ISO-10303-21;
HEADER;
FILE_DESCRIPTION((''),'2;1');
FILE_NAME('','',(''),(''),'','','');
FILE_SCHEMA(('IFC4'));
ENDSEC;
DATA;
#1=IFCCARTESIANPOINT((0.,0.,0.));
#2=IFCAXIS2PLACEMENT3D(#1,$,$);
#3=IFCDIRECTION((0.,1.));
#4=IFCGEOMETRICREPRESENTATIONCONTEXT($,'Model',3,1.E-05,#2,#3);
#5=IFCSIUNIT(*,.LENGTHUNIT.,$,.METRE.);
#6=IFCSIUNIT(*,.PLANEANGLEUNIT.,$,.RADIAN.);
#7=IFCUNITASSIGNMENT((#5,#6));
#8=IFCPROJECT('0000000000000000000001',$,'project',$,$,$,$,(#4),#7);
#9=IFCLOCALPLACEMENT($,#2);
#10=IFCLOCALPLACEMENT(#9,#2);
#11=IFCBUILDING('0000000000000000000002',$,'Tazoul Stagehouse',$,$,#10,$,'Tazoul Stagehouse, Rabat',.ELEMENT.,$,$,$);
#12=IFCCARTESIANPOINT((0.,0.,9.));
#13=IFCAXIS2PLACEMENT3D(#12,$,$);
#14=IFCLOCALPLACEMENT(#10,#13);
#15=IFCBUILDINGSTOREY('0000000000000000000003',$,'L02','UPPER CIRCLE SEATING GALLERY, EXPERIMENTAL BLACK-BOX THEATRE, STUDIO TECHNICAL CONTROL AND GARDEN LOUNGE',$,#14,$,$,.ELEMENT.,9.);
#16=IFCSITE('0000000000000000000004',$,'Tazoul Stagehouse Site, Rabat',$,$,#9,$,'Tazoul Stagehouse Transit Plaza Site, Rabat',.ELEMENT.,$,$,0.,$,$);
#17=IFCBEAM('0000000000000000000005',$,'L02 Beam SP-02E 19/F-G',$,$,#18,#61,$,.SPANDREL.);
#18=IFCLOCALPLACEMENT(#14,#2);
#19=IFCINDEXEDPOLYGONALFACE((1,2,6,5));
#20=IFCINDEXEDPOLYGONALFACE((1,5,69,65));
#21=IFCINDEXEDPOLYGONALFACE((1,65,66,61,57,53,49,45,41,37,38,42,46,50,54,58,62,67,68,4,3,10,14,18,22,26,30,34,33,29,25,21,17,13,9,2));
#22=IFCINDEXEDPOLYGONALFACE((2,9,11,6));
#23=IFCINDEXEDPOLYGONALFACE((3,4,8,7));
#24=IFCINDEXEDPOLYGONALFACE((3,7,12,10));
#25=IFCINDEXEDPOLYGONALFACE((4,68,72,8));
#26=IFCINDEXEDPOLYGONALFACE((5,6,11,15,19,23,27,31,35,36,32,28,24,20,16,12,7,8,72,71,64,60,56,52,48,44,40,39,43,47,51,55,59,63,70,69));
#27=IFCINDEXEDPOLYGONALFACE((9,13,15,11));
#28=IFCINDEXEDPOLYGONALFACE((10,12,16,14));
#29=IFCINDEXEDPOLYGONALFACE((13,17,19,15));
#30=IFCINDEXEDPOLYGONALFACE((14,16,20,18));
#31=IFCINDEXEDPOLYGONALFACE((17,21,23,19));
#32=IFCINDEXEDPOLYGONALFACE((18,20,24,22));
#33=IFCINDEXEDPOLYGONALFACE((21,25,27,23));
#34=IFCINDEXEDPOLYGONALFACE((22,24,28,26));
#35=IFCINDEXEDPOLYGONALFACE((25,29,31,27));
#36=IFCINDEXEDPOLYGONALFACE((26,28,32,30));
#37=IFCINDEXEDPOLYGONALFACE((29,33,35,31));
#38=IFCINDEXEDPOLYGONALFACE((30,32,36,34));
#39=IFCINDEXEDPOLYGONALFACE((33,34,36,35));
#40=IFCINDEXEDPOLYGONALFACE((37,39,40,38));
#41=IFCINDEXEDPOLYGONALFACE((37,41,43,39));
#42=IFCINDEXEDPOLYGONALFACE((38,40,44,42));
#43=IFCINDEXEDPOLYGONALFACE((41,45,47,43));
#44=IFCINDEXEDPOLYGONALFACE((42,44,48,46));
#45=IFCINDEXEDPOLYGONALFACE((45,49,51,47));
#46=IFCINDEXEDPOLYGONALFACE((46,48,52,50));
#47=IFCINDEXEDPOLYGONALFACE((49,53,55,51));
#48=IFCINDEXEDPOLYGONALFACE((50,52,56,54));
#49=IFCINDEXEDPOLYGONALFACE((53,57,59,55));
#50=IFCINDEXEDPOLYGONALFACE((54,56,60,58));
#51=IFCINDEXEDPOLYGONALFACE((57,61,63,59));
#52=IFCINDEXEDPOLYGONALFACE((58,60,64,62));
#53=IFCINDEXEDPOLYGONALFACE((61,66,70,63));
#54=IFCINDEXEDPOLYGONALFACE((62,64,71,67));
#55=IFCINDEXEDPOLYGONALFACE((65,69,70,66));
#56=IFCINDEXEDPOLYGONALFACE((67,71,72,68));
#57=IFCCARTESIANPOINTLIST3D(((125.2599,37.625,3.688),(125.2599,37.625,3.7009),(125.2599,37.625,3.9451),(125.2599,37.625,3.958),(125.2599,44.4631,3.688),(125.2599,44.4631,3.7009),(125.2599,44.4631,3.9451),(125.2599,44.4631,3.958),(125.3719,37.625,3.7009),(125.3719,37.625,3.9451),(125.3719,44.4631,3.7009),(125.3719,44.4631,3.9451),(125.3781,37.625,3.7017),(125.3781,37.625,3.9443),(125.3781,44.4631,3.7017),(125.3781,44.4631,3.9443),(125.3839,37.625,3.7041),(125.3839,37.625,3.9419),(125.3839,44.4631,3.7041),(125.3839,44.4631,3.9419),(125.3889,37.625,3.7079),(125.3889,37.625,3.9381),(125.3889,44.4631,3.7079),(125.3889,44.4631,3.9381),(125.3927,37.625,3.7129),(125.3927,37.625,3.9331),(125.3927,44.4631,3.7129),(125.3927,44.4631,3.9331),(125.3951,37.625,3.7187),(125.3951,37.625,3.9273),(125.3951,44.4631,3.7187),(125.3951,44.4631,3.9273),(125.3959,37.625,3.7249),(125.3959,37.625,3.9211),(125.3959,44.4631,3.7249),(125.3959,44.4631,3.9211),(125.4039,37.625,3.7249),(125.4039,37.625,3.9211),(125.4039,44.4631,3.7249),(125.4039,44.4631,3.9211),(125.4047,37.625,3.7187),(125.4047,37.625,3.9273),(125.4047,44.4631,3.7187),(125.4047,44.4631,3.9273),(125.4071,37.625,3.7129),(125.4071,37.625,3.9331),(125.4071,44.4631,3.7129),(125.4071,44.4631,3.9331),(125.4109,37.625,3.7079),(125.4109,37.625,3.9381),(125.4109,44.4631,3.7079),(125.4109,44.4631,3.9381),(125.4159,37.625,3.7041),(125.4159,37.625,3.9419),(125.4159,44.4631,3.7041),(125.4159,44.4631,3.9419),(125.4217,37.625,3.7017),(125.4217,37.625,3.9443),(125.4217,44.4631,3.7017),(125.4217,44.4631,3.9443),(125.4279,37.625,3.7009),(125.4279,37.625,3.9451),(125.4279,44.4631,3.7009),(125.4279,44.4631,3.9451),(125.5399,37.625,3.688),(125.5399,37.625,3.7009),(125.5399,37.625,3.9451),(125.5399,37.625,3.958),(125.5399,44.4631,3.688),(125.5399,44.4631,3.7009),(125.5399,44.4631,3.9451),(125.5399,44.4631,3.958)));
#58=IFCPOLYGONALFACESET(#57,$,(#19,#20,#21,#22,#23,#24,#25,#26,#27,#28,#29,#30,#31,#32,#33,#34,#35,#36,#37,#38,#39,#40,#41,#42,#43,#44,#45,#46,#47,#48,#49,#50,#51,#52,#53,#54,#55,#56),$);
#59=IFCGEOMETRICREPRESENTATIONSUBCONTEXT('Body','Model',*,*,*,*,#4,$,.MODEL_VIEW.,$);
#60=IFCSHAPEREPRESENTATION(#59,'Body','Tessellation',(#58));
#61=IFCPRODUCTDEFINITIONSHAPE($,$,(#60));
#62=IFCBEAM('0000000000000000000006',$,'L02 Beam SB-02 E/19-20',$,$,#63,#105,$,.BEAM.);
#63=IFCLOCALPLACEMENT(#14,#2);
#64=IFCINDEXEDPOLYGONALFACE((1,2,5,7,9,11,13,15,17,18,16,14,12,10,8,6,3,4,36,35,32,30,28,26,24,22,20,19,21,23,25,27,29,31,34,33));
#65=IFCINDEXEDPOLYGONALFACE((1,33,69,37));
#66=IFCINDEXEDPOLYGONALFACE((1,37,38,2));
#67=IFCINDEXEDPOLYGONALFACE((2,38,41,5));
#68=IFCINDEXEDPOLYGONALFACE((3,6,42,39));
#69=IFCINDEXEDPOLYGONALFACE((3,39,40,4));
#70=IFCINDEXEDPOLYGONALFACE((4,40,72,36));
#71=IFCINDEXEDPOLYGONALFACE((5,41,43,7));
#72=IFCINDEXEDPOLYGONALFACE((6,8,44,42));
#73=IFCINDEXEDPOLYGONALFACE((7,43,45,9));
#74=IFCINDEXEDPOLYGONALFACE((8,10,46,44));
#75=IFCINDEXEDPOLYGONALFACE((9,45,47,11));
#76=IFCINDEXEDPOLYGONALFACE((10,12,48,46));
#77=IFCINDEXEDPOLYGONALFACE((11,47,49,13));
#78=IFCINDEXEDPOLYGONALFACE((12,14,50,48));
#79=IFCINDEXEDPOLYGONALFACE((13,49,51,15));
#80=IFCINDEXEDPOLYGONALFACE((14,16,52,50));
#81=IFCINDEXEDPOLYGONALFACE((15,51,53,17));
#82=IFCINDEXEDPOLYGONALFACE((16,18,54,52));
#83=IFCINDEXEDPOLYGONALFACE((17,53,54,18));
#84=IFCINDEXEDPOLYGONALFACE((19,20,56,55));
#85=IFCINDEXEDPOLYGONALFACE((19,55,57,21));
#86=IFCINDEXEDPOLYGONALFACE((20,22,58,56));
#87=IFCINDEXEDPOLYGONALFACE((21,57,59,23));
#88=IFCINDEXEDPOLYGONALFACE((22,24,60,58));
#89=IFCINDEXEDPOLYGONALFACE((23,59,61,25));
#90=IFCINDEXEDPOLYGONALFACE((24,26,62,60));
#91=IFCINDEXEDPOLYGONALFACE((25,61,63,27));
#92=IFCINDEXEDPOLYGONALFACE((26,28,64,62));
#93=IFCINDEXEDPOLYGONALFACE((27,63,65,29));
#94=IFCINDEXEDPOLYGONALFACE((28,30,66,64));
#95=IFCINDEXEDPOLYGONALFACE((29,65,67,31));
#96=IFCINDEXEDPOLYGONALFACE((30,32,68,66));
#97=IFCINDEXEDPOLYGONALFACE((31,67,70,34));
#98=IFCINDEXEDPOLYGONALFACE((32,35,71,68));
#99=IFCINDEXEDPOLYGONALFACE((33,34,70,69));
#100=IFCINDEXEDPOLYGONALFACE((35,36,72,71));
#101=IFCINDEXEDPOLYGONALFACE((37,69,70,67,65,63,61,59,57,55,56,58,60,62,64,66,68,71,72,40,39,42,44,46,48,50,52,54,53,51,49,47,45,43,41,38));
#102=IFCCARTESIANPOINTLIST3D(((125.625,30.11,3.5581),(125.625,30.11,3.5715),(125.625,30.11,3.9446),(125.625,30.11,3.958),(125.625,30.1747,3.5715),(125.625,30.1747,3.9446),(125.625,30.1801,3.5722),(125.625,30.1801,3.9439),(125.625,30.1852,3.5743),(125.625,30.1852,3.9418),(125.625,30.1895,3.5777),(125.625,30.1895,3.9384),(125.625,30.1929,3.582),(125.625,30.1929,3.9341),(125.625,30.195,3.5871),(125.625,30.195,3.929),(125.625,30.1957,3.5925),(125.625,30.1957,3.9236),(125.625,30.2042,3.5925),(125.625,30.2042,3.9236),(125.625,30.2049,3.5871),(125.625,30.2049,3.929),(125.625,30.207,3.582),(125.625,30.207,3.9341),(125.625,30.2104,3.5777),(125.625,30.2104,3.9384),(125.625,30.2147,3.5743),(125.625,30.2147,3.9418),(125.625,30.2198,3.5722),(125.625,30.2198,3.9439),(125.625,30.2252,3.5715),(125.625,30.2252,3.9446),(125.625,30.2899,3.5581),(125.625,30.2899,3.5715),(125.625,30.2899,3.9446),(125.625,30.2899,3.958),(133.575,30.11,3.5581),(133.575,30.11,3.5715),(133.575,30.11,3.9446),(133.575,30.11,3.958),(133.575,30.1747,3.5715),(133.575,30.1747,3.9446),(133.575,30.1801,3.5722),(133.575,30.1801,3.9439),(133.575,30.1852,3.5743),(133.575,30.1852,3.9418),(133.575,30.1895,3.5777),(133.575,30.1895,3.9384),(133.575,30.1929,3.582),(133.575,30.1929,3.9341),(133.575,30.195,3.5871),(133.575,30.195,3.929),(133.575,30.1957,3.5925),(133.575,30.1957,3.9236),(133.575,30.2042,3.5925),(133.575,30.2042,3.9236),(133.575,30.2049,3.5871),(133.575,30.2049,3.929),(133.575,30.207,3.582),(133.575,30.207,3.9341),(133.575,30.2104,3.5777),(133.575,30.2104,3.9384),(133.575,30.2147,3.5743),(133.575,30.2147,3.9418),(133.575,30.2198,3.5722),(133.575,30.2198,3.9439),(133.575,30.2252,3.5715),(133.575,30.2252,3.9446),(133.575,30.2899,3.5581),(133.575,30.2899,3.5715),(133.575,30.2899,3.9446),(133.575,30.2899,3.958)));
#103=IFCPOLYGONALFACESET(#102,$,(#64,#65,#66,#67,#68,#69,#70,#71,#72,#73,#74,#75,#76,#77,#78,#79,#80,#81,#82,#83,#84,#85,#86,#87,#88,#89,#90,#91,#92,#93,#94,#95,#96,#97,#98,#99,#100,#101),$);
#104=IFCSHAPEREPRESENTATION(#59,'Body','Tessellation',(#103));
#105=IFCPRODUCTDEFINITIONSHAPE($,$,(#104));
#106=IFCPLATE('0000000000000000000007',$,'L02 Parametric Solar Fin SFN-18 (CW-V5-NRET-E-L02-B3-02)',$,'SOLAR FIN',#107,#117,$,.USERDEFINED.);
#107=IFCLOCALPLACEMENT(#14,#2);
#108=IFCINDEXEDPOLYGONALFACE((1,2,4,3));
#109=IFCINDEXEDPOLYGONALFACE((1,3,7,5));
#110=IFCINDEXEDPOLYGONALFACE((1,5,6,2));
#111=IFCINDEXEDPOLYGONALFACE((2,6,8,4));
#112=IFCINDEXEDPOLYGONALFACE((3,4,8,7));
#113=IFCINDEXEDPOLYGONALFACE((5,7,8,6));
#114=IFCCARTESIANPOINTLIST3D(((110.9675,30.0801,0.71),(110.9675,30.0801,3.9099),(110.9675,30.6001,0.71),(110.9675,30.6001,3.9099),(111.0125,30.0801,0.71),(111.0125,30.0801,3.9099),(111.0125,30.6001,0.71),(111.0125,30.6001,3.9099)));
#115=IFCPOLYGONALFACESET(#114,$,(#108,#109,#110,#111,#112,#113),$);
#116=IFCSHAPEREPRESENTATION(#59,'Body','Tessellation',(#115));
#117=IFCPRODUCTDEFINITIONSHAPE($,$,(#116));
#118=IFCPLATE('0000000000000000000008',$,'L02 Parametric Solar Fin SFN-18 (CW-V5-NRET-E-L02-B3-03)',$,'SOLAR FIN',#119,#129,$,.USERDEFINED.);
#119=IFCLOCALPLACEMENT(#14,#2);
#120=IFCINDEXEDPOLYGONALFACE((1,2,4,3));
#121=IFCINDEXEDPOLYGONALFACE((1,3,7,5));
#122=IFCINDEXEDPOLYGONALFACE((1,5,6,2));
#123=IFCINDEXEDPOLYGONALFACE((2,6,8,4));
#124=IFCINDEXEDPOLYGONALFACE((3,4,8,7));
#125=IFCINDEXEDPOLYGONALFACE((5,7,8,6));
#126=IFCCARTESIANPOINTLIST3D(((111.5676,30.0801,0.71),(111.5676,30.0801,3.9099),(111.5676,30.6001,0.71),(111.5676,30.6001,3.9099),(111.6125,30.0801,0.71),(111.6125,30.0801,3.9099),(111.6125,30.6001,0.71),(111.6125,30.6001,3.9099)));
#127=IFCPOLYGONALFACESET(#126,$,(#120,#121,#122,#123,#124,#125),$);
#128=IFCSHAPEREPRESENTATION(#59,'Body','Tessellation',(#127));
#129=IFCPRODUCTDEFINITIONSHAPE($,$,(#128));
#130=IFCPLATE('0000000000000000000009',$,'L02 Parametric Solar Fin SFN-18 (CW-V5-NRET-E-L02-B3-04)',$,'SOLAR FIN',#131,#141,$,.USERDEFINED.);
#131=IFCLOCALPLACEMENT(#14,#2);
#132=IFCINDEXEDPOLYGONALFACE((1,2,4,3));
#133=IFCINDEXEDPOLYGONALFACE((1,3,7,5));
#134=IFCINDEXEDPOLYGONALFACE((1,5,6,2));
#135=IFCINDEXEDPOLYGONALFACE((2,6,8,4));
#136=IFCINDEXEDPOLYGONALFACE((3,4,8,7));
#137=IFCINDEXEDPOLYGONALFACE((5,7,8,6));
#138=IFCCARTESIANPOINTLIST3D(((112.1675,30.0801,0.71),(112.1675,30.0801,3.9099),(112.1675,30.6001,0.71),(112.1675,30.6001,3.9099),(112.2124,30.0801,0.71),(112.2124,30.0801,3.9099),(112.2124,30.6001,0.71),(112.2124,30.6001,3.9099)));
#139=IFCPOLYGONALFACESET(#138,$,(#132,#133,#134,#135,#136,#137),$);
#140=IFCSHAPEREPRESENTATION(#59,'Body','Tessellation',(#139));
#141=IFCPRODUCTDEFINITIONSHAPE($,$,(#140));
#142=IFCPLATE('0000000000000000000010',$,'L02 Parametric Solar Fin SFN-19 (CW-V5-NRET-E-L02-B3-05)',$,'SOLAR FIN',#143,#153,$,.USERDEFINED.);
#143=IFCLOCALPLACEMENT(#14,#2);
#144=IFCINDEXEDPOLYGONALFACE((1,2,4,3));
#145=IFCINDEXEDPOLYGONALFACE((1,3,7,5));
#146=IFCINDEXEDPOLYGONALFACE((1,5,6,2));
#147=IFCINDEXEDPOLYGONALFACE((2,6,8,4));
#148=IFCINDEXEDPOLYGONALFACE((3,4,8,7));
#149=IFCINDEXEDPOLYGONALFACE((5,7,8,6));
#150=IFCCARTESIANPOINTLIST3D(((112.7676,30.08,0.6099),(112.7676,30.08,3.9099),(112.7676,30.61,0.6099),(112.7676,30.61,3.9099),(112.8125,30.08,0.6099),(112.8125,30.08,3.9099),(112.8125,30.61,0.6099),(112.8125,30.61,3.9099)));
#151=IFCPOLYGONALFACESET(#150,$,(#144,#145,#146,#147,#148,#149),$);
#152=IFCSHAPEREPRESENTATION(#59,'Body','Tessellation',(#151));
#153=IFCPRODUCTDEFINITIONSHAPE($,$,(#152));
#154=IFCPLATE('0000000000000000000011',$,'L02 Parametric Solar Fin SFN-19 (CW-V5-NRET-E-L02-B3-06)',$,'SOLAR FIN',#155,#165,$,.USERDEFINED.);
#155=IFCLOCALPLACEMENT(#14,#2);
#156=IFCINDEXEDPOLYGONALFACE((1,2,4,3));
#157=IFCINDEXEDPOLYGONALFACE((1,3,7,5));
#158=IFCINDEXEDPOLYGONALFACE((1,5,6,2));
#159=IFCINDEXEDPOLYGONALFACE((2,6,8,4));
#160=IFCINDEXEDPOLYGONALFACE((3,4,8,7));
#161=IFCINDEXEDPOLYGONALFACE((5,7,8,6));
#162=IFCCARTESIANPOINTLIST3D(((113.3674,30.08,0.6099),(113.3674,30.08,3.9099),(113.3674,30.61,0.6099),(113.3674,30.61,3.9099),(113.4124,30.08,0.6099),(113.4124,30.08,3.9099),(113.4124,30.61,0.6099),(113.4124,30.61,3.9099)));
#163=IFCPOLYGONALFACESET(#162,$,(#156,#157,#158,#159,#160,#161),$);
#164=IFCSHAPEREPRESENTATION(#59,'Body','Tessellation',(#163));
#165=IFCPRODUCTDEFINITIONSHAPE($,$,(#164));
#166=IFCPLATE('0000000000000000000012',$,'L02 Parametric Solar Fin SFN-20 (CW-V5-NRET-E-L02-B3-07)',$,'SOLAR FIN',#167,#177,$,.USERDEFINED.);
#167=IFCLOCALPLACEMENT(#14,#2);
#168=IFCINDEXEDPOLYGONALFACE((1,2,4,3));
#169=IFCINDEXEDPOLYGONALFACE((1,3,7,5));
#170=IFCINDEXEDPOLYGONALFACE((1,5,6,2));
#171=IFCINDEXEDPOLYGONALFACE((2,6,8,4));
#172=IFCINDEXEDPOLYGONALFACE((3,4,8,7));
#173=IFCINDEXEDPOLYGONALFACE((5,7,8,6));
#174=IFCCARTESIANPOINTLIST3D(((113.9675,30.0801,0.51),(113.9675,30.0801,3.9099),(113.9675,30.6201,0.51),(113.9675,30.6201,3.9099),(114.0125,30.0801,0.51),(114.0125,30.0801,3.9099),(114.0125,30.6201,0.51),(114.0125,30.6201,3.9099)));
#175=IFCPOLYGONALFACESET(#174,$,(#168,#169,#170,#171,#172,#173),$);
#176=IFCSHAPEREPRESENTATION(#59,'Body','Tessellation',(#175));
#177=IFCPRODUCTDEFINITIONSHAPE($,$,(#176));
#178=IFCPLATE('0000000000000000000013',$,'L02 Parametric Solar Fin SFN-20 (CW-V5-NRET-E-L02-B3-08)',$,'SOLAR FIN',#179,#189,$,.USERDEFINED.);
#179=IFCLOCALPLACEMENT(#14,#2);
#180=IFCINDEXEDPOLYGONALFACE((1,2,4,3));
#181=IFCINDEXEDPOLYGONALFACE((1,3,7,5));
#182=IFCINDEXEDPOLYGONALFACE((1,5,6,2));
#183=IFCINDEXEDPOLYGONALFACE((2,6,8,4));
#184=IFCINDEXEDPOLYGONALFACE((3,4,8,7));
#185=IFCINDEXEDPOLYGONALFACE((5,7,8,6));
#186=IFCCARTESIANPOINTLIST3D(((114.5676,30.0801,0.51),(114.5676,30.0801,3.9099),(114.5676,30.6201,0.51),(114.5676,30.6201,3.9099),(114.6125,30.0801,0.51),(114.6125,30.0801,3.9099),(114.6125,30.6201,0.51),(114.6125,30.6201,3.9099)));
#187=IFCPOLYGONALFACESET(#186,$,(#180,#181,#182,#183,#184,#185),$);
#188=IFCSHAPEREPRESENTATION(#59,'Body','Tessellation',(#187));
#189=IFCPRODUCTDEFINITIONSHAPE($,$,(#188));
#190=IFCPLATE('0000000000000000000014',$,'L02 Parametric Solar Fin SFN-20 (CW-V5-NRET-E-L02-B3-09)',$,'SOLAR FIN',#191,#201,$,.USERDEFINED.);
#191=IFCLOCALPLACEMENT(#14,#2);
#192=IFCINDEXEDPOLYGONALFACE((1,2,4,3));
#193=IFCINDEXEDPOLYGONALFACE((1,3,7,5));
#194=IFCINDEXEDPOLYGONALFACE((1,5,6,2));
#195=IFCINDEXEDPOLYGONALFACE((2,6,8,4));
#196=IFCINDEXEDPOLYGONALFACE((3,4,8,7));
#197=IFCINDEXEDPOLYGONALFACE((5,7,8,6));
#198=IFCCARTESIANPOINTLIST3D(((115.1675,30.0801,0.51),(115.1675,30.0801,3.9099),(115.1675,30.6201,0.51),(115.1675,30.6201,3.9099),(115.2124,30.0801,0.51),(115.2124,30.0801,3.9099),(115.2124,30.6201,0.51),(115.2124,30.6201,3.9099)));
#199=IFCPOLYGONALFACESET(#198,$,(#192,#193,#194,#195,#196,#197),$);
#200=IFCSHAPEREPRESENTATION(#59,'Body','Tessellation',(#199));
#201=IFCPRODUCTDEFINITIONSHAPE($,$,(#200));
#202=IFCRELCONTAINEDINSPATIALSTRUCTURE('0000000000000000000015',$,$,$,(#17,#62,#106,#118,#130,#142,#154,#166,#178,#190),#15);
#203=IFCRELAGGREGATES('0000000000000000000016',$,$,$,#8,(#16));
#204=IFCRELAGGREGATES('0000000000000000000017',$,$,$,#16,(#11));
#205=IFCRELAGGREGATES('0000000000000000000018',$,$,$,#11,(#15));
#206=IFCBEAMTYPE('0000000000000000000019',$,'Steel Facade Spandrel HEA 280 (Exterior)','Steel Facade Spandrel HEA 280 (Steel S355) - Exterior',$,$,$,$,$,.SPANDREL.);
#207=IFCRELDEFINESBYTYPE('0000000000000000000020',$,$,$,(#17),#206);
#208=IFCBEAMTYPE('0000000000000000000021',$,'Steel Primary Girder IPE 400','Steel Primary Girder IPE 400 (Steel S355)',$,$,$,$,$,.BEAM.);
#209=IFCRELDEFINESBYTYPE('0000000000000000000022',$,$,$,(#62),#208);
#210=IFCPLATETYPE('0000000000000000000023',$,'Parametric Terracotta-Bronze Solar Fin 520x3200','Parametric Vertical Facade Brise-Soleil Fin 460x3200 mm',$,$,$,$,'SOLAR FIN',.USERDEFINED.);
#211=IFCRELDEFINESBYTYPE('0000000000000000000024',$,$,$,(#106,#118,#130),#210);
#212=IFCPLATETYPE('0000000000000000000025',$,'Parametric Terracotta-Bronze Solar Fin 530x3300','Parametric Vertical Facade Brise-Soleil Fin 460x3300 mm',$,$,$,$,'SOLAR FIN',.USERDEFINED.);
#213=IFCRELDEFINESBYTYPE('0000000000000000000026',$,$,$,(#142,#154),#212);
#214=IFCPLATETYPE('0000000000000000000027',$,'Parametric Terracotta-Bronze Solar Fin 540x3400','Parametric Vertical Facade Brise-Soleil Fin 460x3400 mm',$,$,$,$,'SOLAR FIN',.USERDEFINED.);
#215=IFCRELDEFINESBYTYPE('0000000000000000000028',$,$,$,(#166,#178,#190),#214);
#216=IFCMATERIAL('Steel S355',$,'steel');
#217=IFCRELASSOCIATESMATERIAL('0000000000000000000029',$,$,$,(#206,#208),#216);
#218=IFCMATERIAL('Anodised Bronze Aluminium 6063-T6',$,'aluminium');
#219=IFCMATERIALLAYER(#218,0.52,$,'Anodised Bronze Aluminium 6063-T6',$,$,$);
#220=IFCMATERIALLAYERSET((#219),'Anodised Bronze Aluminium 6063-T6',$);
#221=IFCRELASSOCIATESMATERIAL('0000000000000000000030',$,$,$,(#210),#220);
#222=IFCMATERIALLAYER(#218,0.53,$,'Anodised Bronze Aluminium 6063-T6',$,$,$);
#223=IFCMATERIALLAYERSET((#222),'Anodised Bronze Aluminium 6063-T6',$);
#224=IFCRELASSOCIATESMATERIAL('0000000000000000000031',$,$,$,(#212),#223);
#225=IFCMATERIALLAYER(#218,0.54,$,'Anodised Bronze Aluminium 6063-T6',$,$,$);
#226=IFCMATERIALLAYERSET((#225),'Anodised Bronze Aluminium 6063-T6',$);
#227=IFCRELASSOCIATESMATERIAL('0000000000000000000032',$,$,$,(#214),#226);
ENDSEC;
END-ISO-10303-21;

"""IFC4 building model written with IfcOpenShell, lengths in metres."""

from ifc_helpers import new_model, si_unit, direction, frame, origin, origin_2d, place, context, subcontext, project, spatial, rectangle, i_section, extrude, material, layer, layer_set, material_profile, profile_set, type_object, element, save


model = new_model("IFC4")

# Units and contexts
model_context = context("Model", 3, precision=1e-05, world=origin(), true_north=direction((0.0, 1.0)))
body_context = subcontext(model_context, "Body", "Model", "MODEL_VIEW")
ifc_project = project(units=[si_unit("LENGTHUNIT", "METRE"), si_unit("PLANEANGLEUNIT", "RADIAN")], contexts=[model_context])

# Site, building, storey
site_placement = place(None, origin())
site = spatial("IfcSite", under=ifc_project, at=site_placement, Name="Tazoul Stagehouse Site, Rabat", LongName="Tazoul Stagehouse Transit Plaza Site, Rabat", CompositionType="ELEMENT", RefElevation=0.0)
building_placement = place(site_placement, origin())
building = spatial("IfcBuilding", under=site, at=building_placement, Name="Tazoul Stagehouse", LongName="Tazoul Stagehouse, Rabat", CompositionType="ELEMENT")
storey_placement = place(building_placement, frame((0.0, 0.0, 9.0)))
storey = spatial("IfcBuildingStorey", under=building, at=storey_placement, Name="L02", Description="UPPER CIRCLE SEATING GALLERY, EXPERIMENTAL BLACK-BOX THEATRE, STUDIO TECHNICAL CONTROL AND GARDEN LOUNGE", CompositionType="ELEMENT", Elevation=9.0)

# Beams
ifc_material_1 = material(Name="Steel S355", Category="steel")
ifc_material_profile_1 = material_profile(ifc_material_1, i_section(OverallWidth=0.28, OverallDepth=0.27, WebThickness=0.0081, FlangeThickness=0.0129, FilletRadius=0.0239, at=origin_2d()), Name="HEA 280")
ifc_profile_set_1 = profile_set([ifc_material_profile_1], Name="Steel S355")
beam_type_1 = type_object("IfcBeamType", Name="Steel Facade Spandrel HEA 280 (Exterior)", Description="Steel Facade Spandrel HEA 280 (Steel S355) - Exterior", PredefinedType="SPANDREL", material=ifc_profile_set_1)
beam_1_placement = place(storey_placement, frame((125.3999, 37.625, 3.823), z_axis=(0.0, 1.0, 0.0), x_axis=(-1.0, 0.0, 0.0)))
element("IfcBeam", 1, at=beam_1_placement, inside=storey, type_object=beam_type_1, Name="L02 Beam SP-02E 19/F-G", PredefinedType="SPANDREL", context=body_context, shape_type="SweptSolid", body=[
    extrude(i_section(OverallWidth=0.28, OverallDepth=0.27, WebThickness=0.0081, FlangeThickness=0.0129, FilletRadius=0.0239, at=origin_2d()), origin(), (0.0, 0.0, 1.0), 6.8381),
])
ifc_material_profile_2 = material_profile(ifc_material_1, i_section(OverallWidth=0.1799, OverallDepth=0.3999, WebThickness=0.0085, FlangeThickness=0.0134, FilletRadius=0.021, at=origin_2d()), Name="IPE 400")
ifc_profile_set_2 = profile_set([ifc_material_profile_2], Name="Steel S355")
beam_type_2 = type_object("IfcBeamType", Name="Steel Primary Girder IPE 400", Description="Steel Primary Girder IPE 400 (Steel S355)", PredefinedType="BEAM", material=ifc_profile_set_2)
beam_2_placement = place(storey_placement, frame((125.625, 30.2, 3.7581), z_axis=(1.0, 0.0, 0.0), x_axis=(0.0, 1.0, 0.0)))
element("IfcBeam", 2, at=beam_2_placement, inside=storey, type_object=beam_type_2, Name="L02 Beam SB-02 E/19-20", PredefinedType="BEAM", context=body_context, shape_type="SweptSolid", body=[
    extrude(i_section(OverallWidth=0.1799, OverallDepth=0.3999, WebThickness=0.0085, FlangeThickness=0.0134, FilletRadius=0.021, at=origin_2d()), origin(), (0.0, 0.0, 1.0), 7.95),
])

# Plates
ifc_material_2 = material(Name="Anodised Bronze Aluminium 6063-T6", Category="aluminium")
ifc_layer_1 = layer(ifc_material_2, 0.52, Name="Anodised Bronze Aluminium 6063-T6")
ifc_layer_set_1 = layer_set([ifc_layer_1], Name="Anodised Bronze Aluminium 6063-T6")
plate_type_1 = type_object("IfcPlateType", Name="Parametric Terracotta-Bronze Solar Fin 520x3200", Description="Parametric Vertical Facade Brise-Soleil Fin 460x3200 mm", ElementType="SOLAR FIN", PredefinedType="USERDEFINED", material=ifc_layer_set_1)
for number, where, z_axis, x_axis, name in (
    (3, (110.99, 30.3401, 0.71), (0.0, 0.0, 1.0), (1.0, 0.0, 0.0), "L02 Parametric Solar Fin SFN-18 (CW-V5-NRET-E-L02-B3-02)"),
    (4, (111.5901, 30.3401, 0.71), (0.0, 0.0, 1.0), (1.0, 0.0, 0.0), "L02 Parametric Solar Fin SFN-18 (CW-V5-NRET-E-L02-B3-03)"),
    (5, (112.1899, 30.3401, 0.71), (0.0, 0.0, 1.0), (1.0, 0.0, 0.0), "L02 Parametric Solar Fin SFN-18 (CW-V5-NRET-E-L02-B3-04)"),
):
    element("IfcPlate", number, at=place(storey_placement, frame(where, z_axis=z_axis, x_axis=x_axis)), inside=storey, type_object=plate_type_1, Name=name, ObjectType="SOLAR FIN", PredefinedType="USERDEFINED", context=body_context, shape_type="SweptSolid", body=[
        extrude(rectangle(XDim=0.0449, YDim=0.52, at=origin_2d()), origin(), (0.0, 0.0, 1.0), 3.2),
    ])
ifc_layer_2 = layer(ifc_material_2, 0.53, Name="Anodised Bronze Aluminium 6063-T6")
ifc_layer_set_2 = layer_set([ifc_layer_2], Name="Anodised Bronze Aluminium 6063-T6")
plate_type_2 = type_object("IfcPlateType", Name="Parametric Terracotta-Bronze Solar Fin 530x3300", Description="Parametric Vertical Facade Brise-Soleil Fin 460x3300 mm", ElementType="SOLAR FIN", PredefinedType="USERDEFINED", material=ifc_layer_set_2)
for number, where, z_axis, x_axis, name in (
    (6, (112.79, 30.345, 0.6099), (0.0, 0.0, 1.0), (1.0, 0.0, 0.0), "L02 Parametric Solar Fin SFN-19 (CW-V5-NRET-E-L02-B3-05)"),
    (7, (113.3899, 30.345, 0.6099), (0.0, 0.0, 1.0), (1.0, 0.0, 0.0), "L02 Parametric Solar Fin SFN-19 (CW-V5-NRET-E-L02-B3-06)"),
):
    element("IfcPlate", number, at=place(storey_placement, frame(where, z_axis=z_axis, x_axis=x_axis)), inside=storey, type_object=plate_type_2, Name=name, ObjectType="SOLAR FIN", PredefinedType="USERDEFINED", context=body_context, shape_type="SweptSolid", body=[
        extrude(rectangle(XDim=0.0449, YDim=0.53, at=origin_2d()), origin(), (0.0, 0.0, 1.0), 3.3),
    ])
ifc_layer_3 = layer(ifc_material_2, 0.54, Name="Anodised Bronze Aluminium 6063-T6")
ifc_layer_set_3 = layer_set([ifc_layer_3], Name="Anodised Bronze Aluminium 6063-T6")
plate_type_3 = type_object("IfcPlateType", Name="Parametric Terracotta-Bronze Solar Fin 540x3400", Description="Parametric Vertical Facade Brise-Soleil Fin 460x3400 mm", ElementType="SOLAR FIN", PredefinedType="USERDEFINED", material=ifc_layer_set_3)
for number, where, z_axis, x_axis, name in (
    (8, (113.99, 30.3501, 0.51), (0.0, 0.0, 1.0), (1.0, 0.0, 0.0), "L02 Parametric Solar Fin SFN-20 (CW-V5-NRET-E-L02-B3-07)"),
    (9, (114.5901, 30.3501, 0.51), (0.0, 0.0, 1.0), (1.0, 0.0, 0.0), "L02 Parametric Solar Fin SFN-20 (CW-V5-NRET-E-L02-B3-08)"),
    (10, (115.1899, 30.3501, 0.51), (0.0, 0.0, 1.0), (1.0, 0.0, 0.0), "L02 Parametric Solar Fin SFN-20 (CW-V5-NRET-E-L02-B3-09)"),
):
    element("IfcPlate", number, at=place(storey_placement, frame(where, z_axis=z_axis, x_axis=x_axis)), inside=storey, type_object=plate_type_3, Name=name, ObjectType="SOLAR FIN", PredefinedType="USERDEFINED", context=body_context, shape_type="SweptSolid", body=[
        extrude(rectangle(XDim=0.0449, YDim=0.54, at=origin_2d()), origin(), (0.0, 0.0, 1.0), 3.3999),
    ])

save(model, "model.ifc")
